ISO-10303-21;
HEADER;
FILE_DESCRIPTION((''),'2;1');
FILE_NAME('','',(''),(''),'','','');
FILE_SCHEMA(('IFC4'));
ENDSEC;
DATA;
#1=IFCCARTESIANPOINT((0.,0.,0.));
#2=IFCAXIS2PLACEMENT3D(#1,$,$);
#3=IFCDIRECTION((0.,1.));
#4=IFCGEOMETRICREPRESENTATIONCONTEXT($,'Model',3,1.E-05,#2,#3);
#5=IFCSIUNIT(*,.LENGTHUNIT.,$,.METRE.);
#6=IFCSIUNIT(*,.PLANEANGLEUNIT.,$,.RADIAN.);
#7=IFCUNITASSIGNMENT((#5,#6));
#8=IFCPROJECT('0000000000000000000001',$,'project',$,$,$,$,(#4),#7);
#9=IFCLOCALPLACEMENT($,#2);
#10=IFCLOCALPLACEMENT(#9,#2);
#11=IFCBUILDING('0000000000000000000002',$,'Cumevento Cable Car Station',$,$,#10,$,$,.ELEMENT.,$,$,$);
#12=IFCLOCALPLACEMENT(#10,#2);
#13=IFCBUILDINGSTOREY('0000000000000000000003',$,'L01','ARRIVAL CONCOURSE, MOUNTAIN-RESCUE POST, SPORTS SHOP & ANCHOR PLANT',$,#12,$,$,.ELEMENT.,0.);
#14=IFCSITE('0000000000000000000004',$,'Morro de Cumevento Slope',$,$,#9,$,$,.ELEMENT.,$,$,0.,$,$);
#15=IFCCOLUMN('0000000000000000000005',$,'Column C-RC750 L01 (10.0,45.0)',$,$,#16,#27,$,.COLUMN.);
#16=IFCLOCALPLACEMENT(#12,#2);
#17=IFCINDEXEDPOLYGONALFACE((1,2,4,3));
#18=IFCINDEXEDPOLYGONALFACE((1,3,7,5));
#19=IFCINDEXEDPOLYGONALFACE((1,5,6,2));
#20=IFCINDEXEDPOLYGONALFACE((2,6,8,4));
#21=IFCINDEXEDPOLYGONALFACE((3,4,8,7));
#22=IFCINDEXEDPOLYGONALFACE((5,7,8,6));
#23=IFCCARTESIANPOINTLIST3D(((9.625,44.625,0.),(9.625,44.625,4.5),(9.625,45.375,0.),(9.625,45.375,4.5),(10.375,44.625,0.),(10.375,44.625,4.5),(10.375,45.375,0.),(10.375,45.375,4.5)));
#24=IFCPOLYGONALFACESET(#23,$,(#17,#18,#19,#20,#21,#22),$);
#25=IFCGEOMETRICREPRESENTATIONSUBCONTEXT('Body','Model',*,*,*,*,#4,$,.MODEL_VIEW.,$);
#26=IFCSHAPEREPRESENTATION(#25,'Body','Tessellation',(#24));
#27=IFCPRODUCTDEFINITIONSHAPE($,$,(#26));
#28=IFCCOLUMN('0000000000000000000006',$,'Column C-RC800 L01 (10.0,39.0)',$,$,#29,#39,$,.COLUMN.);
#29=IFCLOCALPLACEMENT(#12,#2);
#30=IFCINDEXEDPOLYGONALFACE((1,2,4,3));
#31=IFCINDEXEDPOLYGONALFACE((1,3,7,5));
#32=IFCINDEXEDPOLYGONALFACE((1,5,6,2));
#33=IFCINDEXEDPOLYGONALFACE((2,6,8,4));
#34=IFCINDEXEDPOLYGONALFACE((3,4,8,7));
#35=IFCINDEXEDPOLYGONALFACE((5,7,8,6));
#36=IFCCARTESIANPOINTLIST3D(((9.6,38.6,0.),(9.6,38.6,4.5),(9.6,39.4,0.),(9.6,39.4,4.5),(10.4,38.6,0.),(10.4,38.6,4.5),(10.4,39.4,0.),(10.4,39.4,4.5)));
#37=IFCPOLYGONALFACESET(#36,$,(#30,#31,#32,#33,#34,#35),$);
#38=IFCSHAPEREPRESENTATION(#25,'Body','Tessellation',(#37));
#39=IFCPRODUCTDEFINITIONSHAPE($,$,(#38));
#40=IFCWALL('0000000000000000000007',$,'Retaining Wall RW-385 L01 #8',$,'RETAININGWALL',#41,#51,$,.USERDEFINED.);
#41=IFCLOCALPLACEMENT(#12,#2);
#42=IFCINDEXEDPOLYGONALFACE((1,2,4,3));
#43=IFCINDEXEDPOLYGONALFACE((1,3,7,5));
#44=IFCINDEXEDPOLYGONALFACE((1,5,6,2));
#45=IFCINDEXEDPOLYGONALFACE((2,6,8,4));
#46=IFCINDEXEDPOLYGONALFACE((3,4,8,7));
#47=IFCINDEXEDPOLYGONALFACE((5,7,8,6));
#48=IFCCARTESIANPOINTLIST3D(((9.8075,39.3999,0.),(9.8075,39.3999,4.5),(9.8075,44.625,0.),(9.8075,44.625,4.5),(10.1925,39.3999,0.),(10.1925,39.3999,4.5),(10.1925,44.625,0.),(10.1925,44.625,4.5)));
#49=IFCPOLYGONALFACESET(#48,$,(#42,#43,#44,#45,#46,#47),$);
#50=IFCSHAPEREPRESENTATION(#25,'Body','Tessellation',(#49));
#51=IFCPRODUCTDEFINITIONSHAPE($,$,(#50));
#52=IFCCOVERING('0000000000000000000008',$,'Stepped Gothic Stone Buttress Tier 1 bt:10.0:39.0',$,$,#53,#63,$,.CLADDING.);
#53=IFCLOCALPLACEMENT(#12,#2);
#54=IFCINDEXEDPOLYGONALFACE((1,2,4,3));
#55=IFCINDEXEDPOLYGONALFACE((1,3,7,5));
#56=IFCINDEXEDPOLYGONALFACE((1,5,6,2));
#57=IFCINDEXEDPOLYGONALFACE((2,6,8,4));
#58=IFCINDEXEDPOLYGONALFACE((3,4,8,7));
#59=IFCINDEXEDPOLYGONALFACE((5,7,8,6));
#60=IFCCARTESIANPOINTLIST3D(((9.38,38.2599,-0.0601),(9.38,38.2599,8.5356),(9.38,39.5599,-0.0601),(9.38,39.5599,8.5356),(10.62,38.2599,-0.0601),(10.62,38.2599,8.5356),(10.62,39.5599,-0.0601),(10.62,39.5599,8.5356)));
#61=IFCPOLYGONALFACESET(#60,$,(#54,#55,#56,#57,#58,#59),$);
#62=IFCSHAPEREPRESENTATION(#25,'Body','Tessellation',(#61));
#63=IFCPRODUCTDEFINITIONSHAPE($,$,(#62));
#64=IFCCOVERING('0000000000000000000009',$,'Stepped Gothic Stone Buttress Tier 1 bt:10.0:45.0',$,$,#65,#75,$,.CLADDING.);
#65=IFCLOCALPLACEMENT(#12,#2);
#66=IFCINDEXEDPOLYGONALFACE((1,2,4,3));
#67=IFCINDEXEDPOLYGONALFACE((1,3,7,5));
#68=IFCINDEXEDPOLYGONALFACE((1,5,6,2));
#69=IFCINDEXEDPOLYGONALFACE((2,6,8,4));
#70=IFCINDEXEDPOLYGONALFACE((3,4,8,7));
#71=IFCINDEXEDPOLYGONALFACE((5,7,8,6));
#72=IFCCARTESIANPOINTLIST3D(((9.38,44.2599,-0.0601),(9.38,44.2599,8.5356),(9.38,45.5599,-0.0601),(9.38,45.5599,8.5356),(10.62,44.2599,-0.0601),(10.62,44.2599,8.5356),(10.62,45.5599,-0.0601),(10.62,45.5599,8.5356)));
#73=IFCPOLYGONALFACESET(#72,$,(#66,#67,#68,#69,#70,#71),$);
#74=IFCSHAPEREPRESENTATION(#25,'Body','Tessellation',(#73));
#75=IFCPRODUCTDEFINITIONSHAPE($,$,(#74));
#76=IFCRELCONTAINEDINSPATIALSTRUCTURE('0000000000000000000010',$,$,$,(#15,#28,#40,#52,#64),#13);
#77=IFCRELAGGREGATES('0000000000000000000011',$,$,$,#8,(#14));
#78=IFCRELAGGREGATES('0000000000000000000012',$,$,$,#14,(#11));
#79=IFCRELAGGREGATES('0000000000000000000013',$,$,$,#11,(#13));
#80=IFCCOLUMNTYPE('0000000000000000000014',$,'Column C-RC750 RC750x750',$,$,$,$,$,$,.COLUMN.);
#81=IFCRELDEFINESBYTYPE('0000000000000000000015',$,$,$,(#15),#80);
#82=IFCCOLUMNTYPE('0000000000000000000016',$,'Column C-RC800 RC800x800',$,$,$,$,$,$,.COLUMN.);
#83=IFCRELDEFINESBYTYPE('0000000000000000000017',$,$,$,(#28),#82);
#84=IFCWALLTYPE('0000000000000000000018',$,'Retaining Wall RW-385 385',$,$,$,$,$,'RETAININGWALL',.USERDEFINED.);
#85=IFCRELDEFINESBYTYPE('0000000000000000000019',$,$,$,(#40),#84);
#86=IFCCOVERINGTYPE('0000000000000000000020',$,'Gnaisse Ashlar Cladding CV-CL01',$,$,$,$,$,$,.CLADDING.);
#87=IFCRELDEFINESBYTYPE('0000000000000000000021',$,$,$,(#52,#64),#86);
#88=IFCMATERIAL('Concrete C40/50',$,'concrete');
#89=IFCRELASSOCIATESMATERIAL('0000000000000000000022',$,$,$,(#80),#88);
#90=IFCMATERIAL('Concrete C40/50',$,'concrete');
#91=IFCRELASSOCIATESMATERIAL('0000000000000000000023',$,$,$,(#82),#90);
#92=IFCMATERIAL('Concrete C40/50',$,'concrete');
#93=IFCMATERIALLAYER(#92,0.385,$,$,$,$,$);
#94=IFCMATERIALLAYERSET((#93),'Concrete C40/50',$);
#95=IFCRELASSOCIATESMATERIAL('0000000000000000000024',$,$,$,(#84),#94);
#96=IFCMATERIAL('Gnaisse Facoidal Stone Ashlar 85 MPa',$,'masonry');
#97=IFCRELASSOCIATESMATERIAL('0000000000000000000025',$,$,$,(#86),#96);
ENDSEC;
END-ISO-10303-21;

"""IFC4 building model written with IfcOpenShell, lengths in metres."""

from ifc_helpers import new_model, si_unit, direction, frame, frame_2d, origin, origin_2d, place, context, subcontext, project, spatial, rectangle, extrude, material, layer, layer_set, material_profile, profile_set, type_object, element, save


model = new_model("IFC4")

# Units and contexts
model_context = context("Model", 3, precision=1e-05, world=origin(), true_north=direction((0.0, 1.0)))
body_context = subcontext(model_context, "Body", "Model", "MODEL_VIEW")
ifc_project = project(units=[si_unit("LENGTHUNIT", "METRE"), si_unit("PLANEANGLEUNIT", "RADIAN")], contexts=[model_context])

# Site, building, storey
site_placement = place(None, origin())
site = spatial("IfcSite", under=ifc_project, at=site_placement, Name="Morro de Cumevento Slope", CompositionType="ELEMENT", RefElevation=0.0)
building_placement = place(site_placement, origin())
building = spatial("IfcBuilding", under=site, at=building_placement, Name="Cumevento Cable Car Station", CompositionType="ELEMENT")
storey_placement = place(building_placement, origin())
storey = spatial("IfcBuildingStorey", under=building, at=storey_placement, Name="L01", Description="ARRIVAL CONCOURSE, MOUNTAIN-RESCUE POST, SPORTS SHOP & ANCHOR PLANT", CompositionType="ELEMENT", Elevation=0.0)

# Columns
ifc_material_1 = material(Name="Concrete C40/50", Category="concrete")
ifc_material_profile_1 = material_profile(ifc_material_1, rectangle(XDim=0.75, YDim=0.75, at=origin_2d()), Name="RC750x750")
ifc_profile_set_1 = profile_set([ifc_material_profile_1], Name="Concrete C40/50")
column_type_1 = type_object("IfcColumnType", Name="Column C-RC750 RC750x750", PredefinedType="COLUMN", material=ifc_profile_set_1)
column_1_placement = place(storey_placement, frame((10.0, 45.0, 0.0), z_axis=(0.0, 0.0, 1.0), x_axis=(1.0, 0.0, 0.0)))
element("IfcColumn", 1, at=column_1_placement, inside=storey, type_object=column_type_1, Name="Column C-RC750 L01 (10.0,45.0)", PredefinedType="COLUMN", context=body_context, shape_type="SweptSolid", body=[
    extrude(rectangle(XDim=0.75, YDim=0.75, at=origin_2d()), origin(), (0.0, 0.0, 1.0), 4.5),
])
ifc_material_2 = material(Name="Concrete C40/50", Category="concrete")
ifc_material_profile_2 = material_profile(ifc_material_2, rectangle(XDim=0.8, YDim=0.8, at=origin_2d()), Name="RC800x800")
ifc_profile_set_2 = profile_set([ifc_material_profile_2], Name="Concrete C40/50")
column_type_2 = type_object("IfcColumnType", Name="Column C-RC800 RC800x800", PredefinedType="COLUMN", material=ifc_profile_set_2)
column_2_placement = place(storey_placement, frame((10.0, 39.0, 0.0), z_axis=(0.0, 0.0, 1.0), x_axis=(1.0, 0.0, 0.0)))
element("IfcColumn", 2, at=column_2_placement, inside=storey, type_object=column_type_2, Name="Column C-RC800 L01 (10.0,39.0)", PredefinedType="COLUMN", context=body_context, shape_type="SweptSolid", body=[
    extrude(rectangle(XDim=0.8, YDim=0.8, at=origin_2d()), origin(), (0.0, 0.0, 1.0), 4.5),
])

# Wall
ifc_material_3 = material(Name="Concrete C40/50", Category="concrete")
ifc_layer = layer(ifc_material_3, 0.385)
ifc_layer_set = layer_set([ifc_layer], Name="Concrete C40/50")
wall_type = type_object("IfcWallType", Name="Retaining Wall RW-385 385", ElementType="RETAININGWALL", PredefinedType="USERDEFINED", material=ifc_layer_set)
wall_placement = place(storey_placement, frame((10.0, 39.3999, 0.0), z_axis=(0.0, 0.0, 1.0), x_axis=(0.0, 1.0, 0.0)))
element("IfcWall", 3, at=wall_placement, inside=storey, type_object=wall_type, Name="Retaining Wall RW-385 L01 #8", ObjectType="RETAININGWALL", PredefinedType="USERDEFINED", context=body_context, shape_type="SweptSolid", body=[
    extrude(rectangle(XDim=5.2251, YDim=0.385, at=frame_2d((2.6125, 0.0))), origin(), (0.0, 0.0, 1.0), 4.5),
])

# Coverings
ifc_material_4 = material(Name="Gnaisse Facoidal Stone Ashlar 85 MPa", Category="masonry")
covering_type = type_object("IfcCoveringType", Name="Gnaisse Ashlar Cladding CV-CL01", PredefinedType="CLADDING", material=ifc_material_4)
for number, where, z_axis, x_axis, name in (
    (4, (10.0, 38.9099, -0.0601), (0.0, 0.0, 1.0), (1.0, 0.0, 0.0), "Stepped Gothic Stone Buttress Tier 1 bt:10.0:39.0"),
    (5, (10.0, 44.9099, -0.0601), (0.0, 0.0, 1.0), (1.0, 0.0, 0.0), "Stepped Gothic Stone Buttress Tier 1 bt:10.0:45.0"),
):
    element("IfcCovering", number, at=place(storey_placement, frame(where, z_axis=z_axis, x_axis=x_axis)), inside=storey, type_object=covering_type, Name=name, PredefinedType="CLADDING", context=body_context, shape_type="SweptSolid", body=[
        extrude(rectangle(XDim=1.24, YDim=1.3, at=origin_2d()), origin(), (0.0, 0.0, 1.0), 8.5957),
    ])

save(model, "model.ifc")
